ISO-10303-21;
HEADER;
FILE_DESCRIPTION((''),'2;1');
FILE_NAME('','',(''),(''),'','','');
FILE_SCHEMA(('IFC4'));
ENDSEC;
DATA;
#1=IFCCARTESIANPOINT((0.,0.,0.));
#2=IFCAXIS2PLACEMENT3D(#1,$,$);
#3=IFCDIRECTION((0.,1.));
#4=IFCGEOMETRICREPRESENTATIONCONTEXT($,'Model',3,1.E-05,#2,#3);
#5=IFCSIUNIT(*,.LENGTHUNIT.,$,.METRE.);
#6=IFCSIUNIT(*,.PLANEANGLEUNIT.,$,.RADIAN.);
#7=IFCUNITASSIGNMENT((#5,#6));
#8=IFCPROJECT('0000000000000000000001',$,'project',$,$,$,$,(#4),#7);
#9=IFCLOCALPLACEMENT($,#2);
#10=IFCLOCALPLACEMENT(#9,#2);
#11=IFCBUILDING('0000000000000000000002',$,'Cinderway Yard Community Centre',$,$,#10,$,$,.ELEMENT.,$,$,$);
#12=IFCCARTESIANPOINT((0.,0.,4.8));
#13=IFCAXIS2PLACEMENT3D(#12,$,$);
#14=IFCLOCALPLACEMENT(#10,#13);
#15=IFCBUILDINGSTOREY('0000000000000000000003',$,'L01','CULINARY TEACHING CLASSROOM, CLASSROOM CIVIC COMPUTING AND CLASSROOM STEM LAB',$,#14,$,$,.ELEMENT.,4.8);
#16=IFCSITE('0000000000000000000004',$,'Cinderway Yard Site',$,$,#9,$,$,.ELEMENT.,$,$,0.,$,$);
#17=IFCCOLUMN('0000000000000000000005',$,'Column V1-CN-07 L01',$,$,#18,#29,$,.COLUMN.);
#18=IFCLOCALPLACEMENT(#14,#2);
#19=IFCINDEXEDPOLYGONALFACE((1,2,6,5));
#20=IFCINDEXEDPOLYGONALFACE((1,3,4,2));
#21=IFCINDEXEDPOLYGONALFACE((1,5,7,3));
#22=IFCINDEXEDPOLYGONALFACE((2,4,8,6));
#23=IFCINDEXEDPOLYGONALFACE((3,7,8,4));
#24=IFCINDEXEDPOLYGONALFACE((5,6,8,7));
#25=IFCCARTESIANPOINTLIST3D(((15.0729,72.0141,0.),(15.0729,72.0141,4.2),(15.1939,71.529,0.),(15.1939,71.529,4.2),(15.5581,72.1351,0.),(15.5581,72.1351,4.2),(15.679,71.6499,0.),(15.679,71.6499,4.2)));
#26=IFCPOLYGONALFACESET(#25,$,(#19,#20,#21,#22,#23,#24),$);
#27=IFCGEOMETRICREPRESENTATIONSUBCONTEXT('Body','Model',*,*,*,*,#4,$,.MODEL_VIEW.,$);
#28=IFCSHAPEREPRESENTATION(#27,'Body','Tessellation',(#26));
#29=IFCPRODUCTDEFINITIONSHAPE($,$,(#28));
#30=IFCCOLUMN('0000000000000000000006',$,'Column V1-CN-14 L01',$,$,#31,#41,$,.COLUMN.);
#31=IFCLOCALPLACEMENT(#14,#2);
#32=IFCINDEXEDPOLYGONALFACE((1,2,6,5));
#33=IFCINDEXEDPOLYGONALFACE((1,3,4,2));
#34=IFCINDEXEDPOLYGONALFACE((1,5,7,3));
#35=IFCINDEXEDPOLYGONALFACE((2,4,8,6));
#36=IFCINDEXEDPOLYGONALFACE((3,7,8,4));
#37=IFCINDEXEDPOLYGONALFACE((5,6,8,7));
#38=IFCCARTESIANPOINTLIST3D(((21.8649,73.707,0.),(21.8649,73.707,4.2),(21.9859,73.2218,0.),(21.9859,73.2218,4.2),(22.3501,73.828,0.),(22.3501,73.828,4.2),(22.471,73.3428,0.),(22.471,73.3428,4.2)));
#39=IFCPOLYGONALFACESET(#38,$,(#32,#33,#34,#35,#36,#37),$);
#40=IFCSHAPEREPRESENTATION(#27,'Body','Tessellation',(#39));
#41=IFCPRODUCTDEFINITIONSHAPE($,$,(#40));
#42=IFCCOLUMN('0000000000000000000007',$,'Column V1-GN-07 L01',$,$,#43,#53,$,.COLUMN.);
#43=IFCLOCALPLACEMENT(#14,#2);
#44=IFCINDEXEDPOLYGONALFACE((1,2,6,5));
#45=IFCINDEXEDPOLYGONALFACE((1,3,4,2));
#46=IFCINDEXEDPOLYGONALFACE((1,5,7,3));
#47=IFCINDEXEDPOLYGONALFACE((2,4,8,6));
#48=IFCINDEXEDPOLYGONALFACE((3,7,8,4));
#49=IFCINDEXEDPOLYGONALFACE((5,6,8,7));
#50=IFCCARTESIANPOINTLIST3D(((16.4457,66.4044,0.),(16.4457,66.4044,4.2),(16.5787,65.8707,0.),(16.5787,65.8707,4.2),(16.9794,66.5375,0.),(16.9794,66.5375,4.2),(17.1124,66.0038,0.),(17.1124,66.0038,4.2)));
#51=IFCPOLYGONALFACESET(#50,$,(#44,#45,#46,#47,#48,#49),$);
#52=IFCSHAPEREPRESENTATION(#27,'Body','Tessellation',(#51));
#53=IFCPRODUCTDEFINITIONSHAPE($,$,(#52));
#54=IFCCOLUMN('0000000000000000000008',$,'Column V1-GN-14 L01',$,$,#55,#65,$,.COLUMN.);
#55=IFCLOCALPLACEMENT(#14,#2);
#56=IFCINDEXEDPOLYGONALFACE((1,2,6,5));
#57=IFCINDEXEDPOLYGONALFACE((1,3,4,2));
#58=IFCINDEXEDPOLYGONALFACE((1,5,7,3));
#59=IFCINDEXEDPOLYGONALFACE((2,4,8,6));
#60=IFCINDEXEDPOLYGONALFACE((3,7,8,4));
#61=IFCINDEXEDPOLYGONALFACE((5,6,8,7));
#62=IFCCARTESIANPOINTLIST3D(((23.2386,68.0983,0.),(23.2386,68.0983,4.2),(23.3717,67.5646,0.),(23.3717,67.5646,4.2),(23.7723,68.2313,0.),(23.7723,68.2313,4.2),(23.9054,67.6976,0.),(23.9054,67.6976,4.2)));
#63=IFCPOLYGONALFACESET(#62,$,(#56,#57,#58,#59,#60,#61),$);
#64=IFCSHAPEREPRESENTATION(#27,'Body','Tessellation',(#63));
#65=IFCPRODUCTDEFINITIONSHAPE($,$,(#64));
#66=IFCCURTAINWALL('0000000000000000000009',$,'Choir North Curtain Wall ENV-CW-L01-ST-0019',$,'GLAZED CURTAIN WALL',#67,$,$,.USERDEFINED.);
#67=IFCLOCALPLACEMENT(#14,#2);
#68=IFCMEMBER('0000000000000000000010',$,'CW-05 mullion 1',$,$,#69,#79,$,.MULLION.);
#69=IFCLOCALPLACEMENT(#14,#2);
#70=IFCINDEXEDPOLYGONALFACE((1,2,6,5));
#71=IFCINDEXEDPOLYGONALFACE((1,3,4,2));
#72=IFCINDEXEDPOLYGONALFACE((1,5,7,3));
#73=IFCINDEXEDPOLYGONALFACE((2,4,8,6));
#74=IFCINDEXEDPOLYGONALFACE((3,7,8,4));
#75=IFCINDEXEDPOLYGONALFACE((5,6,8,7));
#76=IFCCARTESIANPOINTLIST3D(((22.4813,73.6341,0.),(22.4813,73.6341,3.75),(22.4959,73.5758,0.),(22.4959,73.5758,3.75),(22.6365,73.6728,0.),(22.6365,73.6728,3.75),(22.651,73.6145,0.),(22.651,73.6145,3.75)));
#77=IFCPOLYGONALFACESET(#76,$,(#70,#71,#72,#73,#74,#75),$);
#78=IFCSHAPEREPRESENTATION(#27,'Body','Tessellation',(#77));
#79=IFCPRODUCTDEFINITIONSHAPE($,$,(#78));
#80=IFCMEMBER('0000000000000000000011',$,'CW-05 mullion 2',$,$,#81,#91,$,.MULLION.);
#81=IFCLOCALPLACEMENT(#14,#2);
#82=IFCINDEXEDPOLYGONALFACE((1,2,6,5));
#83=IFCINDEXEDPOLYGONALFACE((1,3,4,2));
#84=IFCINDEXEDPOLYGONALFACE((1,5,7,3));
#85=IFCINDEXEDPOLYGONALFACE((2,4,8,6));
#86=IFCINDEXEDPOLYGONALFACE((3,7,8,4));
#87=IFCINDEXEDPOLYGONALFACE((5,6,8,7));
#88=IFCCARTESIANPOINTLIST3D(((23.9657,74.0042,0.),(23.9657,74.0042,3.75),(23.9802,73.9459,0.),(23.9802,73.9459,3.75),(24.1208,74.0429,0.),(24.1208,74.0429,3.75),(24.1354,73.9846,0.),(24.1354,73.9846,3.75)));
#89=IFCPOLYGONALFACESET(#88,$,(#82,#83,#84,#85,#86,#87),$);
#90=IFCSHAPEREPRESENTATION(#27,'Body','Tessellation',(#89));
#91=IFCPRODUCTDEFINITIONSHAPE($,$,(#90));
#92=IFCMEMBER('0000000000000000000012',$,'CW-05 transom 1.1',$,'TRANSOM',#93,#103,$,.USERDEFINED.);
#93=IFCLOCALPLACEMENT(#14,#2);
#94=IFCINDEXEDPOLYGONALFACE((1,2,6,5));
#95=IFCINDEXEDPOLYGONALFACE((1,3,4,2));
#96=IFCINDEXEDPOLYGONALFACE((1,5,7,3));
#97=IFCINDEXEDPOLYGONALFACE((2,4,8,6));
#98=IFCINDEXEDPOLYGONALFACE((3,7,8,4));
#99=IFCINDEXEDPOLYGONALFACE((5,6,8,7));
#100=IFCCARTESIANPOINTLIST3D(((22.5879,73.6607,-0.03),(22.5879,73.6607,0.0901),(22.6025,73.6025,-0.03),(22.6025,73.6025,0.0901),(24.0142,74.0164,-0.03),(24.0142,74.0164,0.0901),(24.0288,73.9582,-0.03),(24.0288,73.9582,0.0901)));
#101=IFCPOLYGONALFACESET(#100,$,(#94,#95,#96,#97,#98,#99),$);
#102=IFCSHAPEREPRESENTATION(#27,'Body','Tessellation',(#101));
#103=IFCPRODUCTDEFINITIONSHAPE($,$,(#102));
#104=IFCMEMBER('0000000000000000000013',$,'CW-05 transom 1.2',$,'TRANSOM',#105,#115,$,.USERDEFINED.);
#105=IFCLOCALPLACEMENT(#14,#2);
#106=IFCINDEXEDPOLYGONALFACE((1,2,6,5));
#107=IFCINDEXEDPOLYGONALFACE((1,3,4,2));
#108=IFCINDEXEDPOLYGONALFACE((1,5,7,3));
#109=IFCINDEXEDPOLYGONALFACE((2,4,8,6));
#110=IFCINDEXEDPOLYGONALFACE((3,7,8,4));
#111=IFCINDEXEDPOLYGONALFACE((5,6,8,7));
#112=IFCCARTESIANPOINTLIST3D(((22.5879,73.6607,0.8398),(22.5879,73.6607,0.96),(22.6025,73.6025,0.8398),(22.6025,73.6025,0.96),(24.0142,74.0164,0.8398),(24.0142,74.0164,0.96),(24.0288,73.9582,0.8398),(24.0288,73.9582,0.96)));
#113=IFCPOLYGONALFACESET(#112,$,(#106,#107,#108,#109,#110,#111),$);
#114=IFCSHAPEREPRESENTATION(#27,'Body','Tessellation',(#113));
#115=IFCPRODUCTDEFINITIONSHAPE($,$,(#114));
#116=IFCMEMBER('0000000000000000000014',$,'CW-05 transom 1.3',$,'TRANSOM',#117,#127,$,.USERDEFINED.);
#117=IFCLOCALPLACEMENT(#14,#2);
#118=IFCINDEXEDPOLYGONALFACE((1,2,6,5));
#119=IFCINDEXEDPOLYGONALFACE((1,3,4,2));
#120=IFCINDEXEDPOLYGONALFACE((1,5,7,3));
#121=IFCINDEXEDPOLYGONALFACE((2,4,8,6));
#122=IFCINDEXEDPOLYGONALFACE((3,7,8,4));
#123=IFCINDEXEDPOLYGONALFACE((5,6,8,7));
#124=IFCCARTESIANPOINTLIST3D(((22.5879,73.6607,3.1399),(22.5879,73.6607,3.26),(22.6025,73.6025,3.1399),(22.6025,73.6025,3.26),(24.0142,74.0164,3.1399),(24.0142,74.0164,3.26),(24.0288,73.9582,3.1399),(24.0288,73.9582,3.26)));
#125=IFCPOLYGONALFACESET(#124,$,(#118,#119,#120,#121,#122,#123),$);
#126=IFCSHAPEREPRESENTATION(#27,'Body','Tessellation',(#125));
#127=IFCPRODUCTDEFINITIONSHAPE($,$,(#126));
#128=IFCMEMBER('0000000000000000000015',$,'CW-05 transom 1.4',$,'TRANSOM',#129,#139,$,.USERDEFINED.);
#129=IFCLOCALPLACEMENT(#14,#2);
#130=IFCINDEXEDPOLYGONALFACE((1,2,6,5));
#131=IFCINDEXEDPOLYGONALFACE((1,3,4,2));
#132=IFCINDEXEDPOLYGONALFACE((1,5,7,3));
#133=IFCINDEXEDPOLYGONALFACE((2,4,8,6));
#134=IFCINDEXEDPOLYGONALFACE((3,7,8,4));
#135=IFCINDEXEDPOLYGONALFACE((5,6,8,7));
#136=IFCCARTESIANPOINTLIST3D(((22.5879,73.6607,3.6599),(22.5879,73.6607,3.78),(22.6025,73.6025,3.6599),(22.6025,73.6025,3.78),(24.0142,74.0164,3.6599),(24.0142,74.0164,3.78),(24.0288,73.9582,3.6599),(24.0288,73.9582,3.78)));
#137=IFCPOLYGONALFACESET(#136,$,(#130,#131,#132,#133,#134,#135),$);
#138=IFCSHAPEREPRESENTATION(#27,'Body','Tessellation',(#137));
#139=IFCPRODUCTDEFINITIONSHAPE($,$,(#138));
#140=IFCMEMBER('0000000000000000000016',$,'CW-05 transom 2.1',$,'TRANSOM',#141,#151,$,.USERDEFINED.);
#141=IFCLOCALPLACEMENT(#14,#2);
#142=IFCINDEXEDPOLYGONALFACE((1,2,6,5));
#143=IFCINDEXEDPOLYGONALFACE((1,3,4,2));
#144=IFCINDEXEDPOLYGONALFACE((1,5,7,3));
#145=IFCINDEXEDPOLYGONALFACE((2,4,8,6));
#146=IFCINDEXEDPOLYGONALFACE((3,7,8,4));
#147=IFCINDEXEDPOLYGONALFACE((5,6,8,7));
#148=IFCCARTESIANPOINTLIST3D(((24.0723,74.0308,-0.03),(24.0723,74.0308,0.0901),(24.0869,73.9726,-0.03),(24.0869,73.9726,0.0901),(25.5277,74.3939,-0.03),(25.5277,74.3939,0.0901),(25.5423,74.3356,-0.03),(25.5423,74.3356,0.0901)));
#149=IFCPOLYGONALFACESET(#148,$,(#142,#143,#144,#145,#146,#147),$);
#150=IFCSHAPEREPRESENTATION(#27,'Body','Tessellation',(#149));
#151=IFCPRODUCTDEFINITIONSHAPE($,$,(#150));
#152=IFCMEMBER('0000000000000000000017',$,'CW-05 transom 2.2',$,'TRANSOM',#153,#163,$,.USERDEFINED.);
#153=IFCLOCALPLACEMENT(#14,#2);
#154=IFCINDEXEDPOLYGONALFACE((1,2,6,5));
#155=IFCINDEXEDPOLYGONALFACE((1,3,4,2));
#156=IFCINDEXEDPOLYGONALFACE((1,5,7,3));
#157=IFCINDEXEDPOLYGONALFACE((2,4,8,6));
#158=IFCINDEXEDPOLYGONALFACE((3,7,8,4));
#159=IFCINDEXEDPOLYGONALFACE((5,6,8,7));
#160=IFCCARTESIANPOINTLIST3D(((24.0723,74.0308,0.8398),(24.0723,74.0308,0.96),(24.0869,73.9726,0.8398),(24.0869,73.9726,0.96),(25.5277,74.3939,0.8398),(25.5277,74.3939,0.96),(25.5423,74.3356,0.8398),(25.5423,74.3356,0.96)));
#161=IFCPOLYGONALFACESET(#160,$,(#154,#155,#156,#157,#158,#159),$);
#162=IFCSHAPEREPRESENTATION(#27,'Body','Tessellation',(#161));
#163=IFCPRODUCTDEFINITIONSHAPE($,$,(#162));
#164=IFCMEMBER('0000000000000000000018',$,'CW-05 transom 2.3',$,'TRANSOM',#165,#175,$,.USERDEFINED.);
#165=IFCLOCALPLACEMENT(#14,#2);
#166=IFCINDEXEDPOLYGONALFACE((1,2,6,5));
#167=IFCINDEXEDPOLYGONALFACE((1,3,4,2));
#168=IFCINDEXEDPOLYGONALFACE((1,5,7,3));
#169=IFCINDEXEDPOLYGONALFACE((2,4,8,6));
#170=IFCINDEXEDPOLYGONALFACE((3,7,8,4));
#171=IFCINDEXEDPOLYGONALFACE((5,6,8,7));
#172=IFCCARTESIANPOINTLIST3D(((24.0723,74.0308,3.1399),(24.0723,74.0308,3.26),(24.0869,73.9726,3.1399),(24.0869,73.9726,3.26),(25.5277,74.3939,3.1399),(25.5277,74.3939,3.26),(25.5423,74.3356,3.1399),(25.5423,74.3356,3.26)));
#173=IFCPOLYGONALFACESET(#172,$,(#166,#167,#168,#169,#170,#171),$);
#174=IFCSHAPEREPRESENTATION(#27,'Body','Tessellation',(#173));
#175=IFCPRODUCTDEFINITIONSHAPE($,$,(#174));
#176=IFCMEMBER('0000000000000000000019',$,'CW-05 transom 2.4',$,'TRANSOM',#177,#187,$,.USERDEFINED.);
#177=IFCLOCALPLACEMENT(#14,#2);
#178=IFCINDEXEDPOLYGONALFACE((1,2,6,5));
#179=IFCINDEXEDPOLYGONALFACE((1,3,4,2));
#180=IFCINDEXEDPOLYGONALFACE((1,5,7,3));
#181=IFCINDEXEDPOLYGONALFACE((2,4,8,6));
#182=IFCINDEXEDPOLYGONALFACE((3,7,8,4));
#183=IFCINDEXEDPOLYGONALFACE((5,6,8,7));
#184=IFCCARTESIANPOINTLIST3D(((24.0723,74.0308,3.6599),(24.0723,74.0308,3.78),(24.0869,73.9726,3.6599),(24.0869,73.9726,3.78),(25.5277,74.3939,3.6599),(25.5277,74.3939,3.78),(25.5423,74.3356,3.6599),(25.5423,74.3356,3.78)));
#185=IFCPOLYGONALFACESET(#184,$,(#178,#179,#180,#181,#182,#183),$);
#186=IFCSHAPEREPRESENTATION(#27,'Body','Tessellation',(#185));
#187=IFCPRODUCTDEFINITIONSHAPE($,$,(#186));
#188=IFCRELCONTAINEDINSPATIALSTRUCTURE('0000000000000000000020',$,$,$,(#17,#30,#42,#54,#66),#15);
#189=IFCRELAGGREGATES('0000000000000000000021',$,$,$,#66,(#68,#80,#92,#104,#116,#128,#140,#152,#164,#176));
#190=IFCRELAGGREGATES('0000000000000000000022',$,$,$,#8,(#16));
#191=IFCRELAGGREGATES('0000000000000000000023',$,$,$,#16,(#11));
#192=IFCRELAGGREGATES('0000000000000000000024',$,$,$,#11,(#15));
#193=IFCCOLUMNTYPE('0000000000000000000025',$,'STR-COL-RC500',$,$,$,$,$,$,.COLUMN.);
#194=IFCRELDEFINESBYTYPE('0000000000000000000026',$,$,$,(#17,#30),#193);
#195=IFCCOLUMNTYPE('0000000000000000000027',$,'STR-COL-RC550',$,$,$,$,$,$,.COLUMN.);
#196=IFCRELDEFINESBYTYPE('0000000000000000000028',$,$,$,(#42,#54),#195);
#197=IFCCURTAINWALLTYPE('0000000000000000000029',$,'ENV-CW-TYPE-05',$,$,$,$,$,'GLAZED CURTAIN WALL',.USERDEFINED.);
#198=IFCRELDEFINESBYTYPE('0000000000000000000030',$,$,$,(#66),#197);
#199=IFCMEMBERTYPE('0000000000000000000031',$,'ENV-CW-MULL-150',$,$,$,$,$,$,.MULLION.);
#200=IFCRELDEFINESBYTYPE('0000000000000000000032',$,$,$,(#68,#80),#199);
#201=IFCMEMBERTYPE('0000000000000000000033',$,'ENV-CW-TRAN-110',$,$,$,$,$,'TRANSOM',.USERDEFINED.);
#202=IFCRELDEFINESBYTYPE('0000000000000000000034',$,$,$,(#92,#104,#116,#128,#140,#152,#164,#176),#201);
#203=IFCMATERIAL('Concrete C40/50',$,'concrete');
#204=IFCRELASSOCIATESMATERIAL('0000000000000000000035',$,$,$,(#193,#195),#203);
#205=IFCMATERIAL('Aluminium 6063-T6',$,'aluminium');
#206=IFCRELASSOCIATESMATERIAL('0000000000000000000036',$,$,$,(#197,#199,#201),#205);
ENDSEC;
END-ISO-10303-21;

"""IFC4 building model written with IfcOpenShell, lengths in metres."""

from ifc_helpers import new_model, si_unit, direction, frame, origin, origin_2d, place, context, subcontext, project, spatial, rectangle, extrude, material, material_profile, profile_set, type_object, element, aggregate, save


model = new_model("IFC4")

# Units and contexts
model_context = context("Model", 3, precision=1e-05, world=origin(), true_north=direction((0.0, 1.0)))
body_context = subcontext(model_context, "Body", "Model", "MODEL_VIEW")
ifc_project = project(units=[si_unit("LENGTHUNIT", "METRE"), si_unit("PLANEANGLEUNIT", "RADIAN")], contexts=[model_context])

# Site, building, storey
site_placement = place(None, origin())
site = spatial("IfcSite", under=ifc_project, at=site_placement, Name="Cinderway Yard Site", CompositionType="ELEMENT", RefElevation=0.0)
building_placement = place(site_placement, origin())
building = spatial("IfcBuilding", under=site, at=building_placement, Name="Cinderway Yard Community Centre", CompositionType="ELEMENT")
storey_placement = place(building_placement, frame((0.0, 0.0, 4.8)))
storey = spatial("IfcBuildingStorey", under=building, at=storey_placement, Name="L01", Description="CULINARY TEACHING CLASSROOM, CLASSROOM CIVIC COMPUTING AND CLASSROOM STEM LAB", CompositionType="ELEMENT", Elevation=4.8)

# Columns
ifc_material_1 = material(Name="Concrete C40/50", Category="concrete")
ifc_material_profile_1 = material_profile(ifc_material_1, rectangle(XDim=0.5, YDim=0.5, at=origin_2d()), Name="Concrete C40/50")
ifc_profile_set_1 = profile_set([ifc_material_profile_1], Name="Concrete C40/50")
column_type_1 = type_object("IfcColumnType", Name="STR-COL-RC500", PredefinedType="COLUMN", material=ifc_profile_set_1)
for number, where, z_axis, x_axis, name in (
    (1, (15.376, 71.832, 0.0), (0.0, 0.0, 1.0), (0.970296, 0.241922, 0.0), "Column V1-CN-07 L01"),
    (2, (22.168, 73.5249, 0.0), (0.0, 0.0, 1.0), (0.970296, 0.241922, 0.0), "Column V1-CN-14 L01"),
):
    element("IfcColumn", number, at=place(storey_placement, frame(where, z_axis=z_axis, x_axis=x_axis)), inside=storey, type_object=column_type_1, Name=name, PredefinedType="COLUMN", context=body_context, shape_type="SweptSolid", body=[
        extrude(rectangle(XDim=0.5, YDim=0.5, at=origin_2d()), origin(), (0.0, 0.0, 1.0), 4.2),
    ])
ifc_material_profile_2 = material_profile(ifc_material_1, rectangle(XDim=0.55, YDim=0.55, at=origin_2d()), Name="Concrete C40/50")
ifc_profile_set_2 = profile_set([ifc_material_profile_2], Name="Concrete C40/50")
column_type_2 = type_object("IfcColumnType", Name="STR-COL-RC550", PredefinedType="COLUMN", material=ifc_profile_set_2)
for number, where, z_axis, x_axis, name in (
    (3, (16.7791, 66.2041, 0.0), (0.0, 0.0, 1.0), (0.970296, 0.241922, 0.0), "Column V1-GN-07 L01"),
    (4, (23.572, 67.8979, 0.0), (0.0, 0.0, 1.0), (0.970296, 0.241922, 0.0), "Column V1-GN-14 L01"),
):
    element("IfcColumn", number, at=place(storey_placement, frame(where, z_axis=z_axis, x_axis=x_axis)), inside=storey, type_object=column_type_2, Name=name, PredefinedType="COLUMN", context=body_context, shape_type="SweptSolid", body=[
        extrude(rectangle(XDim=0.55, YDim=0.55, at=origin_2d()), origin(), (0.0, 0.0, 1.0), 4.2),
    ])

# Curtain wall, members
ifc_material_2 = material(Name="Aluminium 6063-T6", Category="aluminium")
curtain_wall_type = type_object("IfcCurtainWallType", Name="ENV-CW-TYPE-05", ElementType="GLAZED CURTAIN WALL", PredefinedType="USERDEFINED", material=ifc_material_2)
curtain_wall_placement = place(storey_placement, origin())
curtain_wall = element("IfcCurtainWall", 5, at=curtain_wall_placement, inside=storey, type_object=curtain_wall_type, Name="Choir North Curtain Wall ENV-CW-L01-ST-0019", ObjectType="GLAZED CURTAIN WALL", PredefinedType="USERDEFINED")
ifc_material_profile_3 = material_profile(ifc_material_2, rectangle(XDim=0.0601, YDim=0.1599, at=origin_2d()), Name="Aluminium 6063-T6")
ifc_profile_set_3 = profile_set([ifc_material_profile_3], Name="Aluminium 6063-T6")
member_type_1 = type_object("IfcMemberType", Name="ENV-CW-MULL-150", PredefinedType="MULLION", material=ifc_profile_set_3)
member_1_placement = place(storey_placement, frame((22.5662, 73.6243, 0.0), z_axis=(0.0, 0.0, 1.0), x_axis=(-0.242008, 0.970274, 0.0)))
member_1 = element("IfcMember", 6, at=member_1_placement, type_object=member_type_1, Name="CW-05 mullion 1", PredefinedType="MULLION", context=body_context, shape_type="SweptSolid", body=[
    extrude(rectangle(XDim=0.0601, YDim=0.1599, at=origin_2d()), origin(), (0.0, 0.0, 1.0), 3.75),
])
member_2_placement = place(storey_placement, frame((24.0505, 73.9944, 0.0), z_axis=(0.0, 0.0, 1.0), x_axis=(-0.242008, 0.970274, 0.0)))
member_2 = element("IfcMember", 7, at=member_2_placement, type_object=member_type_1, Name="CW-05 mullion 2", PredefinedType="MULLION", context=body_context, shape_type="SweptSolid", body=[
    extrude(rectangle(XDim=0.0601, YDim=0.1599, at=origin_2d()), origin(), (0.0, 0.0, 1.0), 3.75),
])
ifc_material_profile_4 = material_profile(ifc_material_2, rectangle(XDim=0.0601, YDim=0.1201, at=origin_2d()), Name="Aluminium 6063-T6")
ifc_profile_set_4 = profile_set([ifc_material_profile_4], Name="Aluminium 6063-T6")
member_type_2 = type_object("IfcMemberType", Name="ENV-CW-TRAN-110", ElementType="TRANSOM", PredefinedType="USERDEFINED", material=ifc_profile_set_4)
member_3_placement = place(storey_placement, frame((22.5952, 73.6316, 0.03), z_axis=(0.970279, 0.241988, 0.0), x_axis=(-0.241988, 0.970279, 0.0)))
member_3 = element("IfcMember", 8, at=member_3_placement, type_object=member_type_2, Name="CW-05 transom 1.1", ObjectType="TRANSOM", PredefinedType="USERDEFINED", context=body_context, shape_type="SweptSolid", body=[
    extrude(rectangle(XDim=0.0601, YDim=0.1201, at=origin_2d()), origin(), (0.0, 0.0, 1.0), 1.47),
])
member_4_placement = place(storey_placement, frame((22.5952, 73.6316, 0.8999), z_axis=(0.970279, 0.241988, 0.0), x_axis=(-0.241988, 0.970279, 0.0)))
member_4 = element("IfcMember", 9, at=member_4_placement, type_object=member_type_2, Name="CW-05 transom 1.2", ObjectType="TRANSOM", PredefinedType="USERDEFINED", context=body_context, shape_type="SweptSolid", body=[
    extrude(rectangle(XDim=0.0601, YDim=0.1201, at=origin_2d()), origin(), (0.0, 0.0, 1.0), 1.47),
])
member_5_placement = place(storey_placement, frame((22.5952, 73.6316, 3.2), z_axis=(0.970279, 0.241988, 0.0), x_axis=(-0.241988, 0.970279, 0.0)))
member_5 = element("IfcMember", 10, at=member_5_placement, type_object=member_type_2, Name="CW-05 transom 1.3", ObjectType="TRANSOM", PredefinedType="USERDEFINED", context=body_context, shape_type="SweptSolid", body=[
    extrude(rectangle(XDim=0.0601, YDim=0.1201, at=origin_2d()), origin(), (0.0, 0.0, 1.0), 1.47),
])
member_6_placement = place(storey_placement, frame((22.5952, 73.6316, 3.72), z_axis=(0.970279, 0.241988, 0.0), x_axis=(-0.241988, 0.970279, 0.0)))
member_6 = element("IfcMember", 11, at=member_6_placement, type_object=member_type_2, Name="CW-05 transom 1.4", ObjectType="TRANSOM", PredefinedType="USERDEFINED", context=body_context, shape_type="SweptSolid", body=[
    extrude(rectangle(XDim=0.0601, YDim=0.1201, at=origin_2d()), origin(), (0.0, 0.0, 1.0), 1.47),
])
member_7_placement = place(storey_placement, frame((24.0796, 74.0017, 0.03), z_axis=(0.970267, 0.242038, 0.0), x_axis=(-0.242038, 0.970267, 0.0)))
member_7 = element("IfcMember", 12, at=member_7_placement, type_object=member_type_2, Name="CW-05 transom 2.1", ObjectType="TRANSOM", PredefinedType="USERDEFINED", context=body_context, shape_type="SweptSolid", body=[
    extrude(rectangle(XDim=0.0601, YDim=0.1201, at=origin_2d()), origin(), (0.0, 0.0, 1.0), 1.5),
])
member_8_placement = place(storey_placement, frame((24.0796, 74.0017, 0.8999), z_axis=(0.970267, 0.242038, 0.0), x_axis=(-0.242038, 0.970267, 0.0)))
member_8 = element("IfcMember", 13, at=member_8_placement, type_object=member_type_2, Name="CW-05 transom 2.2", ObjectType="TRANSOM", PredefinedType="USERDEFINED", context=body_context, shape_type="SweptSolid", body=[
    extrude(rectangle(XDim=0.0601, YDim=0.1201, at=origin_2d()), origin(), (0.0, 0.0, 1.0), 1.5),
])
member_9_placement = place(storey_placement, frame((24.0796, 74.0017, 3.2), z_axis=(0.970267, 0.242038, 0.0), x_axis=(-0.242038, 0.970267, 0.0)))
member_9 = element("IfcMember", 14, at=member_9_placement, type_object=member_type_2, Name="CW-05 transom 2.3", ObjectType="TRANSOM", PredefinedType="USERDEFINED", context=body_context, shape_type="SweptSolid", body=[
    extrude(rectangle(XDim=0.0601, YDim=0.1201, at=origin_2d()), origin(), (0.0, 0.0, 1.0), 1.5),
])
member_10_placement = place(storey_placement, frame((24.0796, 74.0017, 3.72), z_axis=(0.970267, 0.242038, 0.0), x_axis=(-0.242038, 0.970267, 0.0)))
member_10 = element("IfcMember", 15, at=member_10_placement, type_object=member_type_2, Name="CW-05 transom 2.4", ObjectType="TRANSOM", PredefinedType="USERDEFINED", context=body_context, shape_type="SweptSolid", body=[
    extrude(rectangle(XDim=0.0601, YDim=0.1201, at=origin_2d()), origin(), (0.0, 0.0, 1.0), 1.5),
])

aggregate(curtain_wall, [member_1, member_2, member_3, member_4, member_5, member_6, member_7, member_8, member_9, member_10])

save(model, "model.ifc")
